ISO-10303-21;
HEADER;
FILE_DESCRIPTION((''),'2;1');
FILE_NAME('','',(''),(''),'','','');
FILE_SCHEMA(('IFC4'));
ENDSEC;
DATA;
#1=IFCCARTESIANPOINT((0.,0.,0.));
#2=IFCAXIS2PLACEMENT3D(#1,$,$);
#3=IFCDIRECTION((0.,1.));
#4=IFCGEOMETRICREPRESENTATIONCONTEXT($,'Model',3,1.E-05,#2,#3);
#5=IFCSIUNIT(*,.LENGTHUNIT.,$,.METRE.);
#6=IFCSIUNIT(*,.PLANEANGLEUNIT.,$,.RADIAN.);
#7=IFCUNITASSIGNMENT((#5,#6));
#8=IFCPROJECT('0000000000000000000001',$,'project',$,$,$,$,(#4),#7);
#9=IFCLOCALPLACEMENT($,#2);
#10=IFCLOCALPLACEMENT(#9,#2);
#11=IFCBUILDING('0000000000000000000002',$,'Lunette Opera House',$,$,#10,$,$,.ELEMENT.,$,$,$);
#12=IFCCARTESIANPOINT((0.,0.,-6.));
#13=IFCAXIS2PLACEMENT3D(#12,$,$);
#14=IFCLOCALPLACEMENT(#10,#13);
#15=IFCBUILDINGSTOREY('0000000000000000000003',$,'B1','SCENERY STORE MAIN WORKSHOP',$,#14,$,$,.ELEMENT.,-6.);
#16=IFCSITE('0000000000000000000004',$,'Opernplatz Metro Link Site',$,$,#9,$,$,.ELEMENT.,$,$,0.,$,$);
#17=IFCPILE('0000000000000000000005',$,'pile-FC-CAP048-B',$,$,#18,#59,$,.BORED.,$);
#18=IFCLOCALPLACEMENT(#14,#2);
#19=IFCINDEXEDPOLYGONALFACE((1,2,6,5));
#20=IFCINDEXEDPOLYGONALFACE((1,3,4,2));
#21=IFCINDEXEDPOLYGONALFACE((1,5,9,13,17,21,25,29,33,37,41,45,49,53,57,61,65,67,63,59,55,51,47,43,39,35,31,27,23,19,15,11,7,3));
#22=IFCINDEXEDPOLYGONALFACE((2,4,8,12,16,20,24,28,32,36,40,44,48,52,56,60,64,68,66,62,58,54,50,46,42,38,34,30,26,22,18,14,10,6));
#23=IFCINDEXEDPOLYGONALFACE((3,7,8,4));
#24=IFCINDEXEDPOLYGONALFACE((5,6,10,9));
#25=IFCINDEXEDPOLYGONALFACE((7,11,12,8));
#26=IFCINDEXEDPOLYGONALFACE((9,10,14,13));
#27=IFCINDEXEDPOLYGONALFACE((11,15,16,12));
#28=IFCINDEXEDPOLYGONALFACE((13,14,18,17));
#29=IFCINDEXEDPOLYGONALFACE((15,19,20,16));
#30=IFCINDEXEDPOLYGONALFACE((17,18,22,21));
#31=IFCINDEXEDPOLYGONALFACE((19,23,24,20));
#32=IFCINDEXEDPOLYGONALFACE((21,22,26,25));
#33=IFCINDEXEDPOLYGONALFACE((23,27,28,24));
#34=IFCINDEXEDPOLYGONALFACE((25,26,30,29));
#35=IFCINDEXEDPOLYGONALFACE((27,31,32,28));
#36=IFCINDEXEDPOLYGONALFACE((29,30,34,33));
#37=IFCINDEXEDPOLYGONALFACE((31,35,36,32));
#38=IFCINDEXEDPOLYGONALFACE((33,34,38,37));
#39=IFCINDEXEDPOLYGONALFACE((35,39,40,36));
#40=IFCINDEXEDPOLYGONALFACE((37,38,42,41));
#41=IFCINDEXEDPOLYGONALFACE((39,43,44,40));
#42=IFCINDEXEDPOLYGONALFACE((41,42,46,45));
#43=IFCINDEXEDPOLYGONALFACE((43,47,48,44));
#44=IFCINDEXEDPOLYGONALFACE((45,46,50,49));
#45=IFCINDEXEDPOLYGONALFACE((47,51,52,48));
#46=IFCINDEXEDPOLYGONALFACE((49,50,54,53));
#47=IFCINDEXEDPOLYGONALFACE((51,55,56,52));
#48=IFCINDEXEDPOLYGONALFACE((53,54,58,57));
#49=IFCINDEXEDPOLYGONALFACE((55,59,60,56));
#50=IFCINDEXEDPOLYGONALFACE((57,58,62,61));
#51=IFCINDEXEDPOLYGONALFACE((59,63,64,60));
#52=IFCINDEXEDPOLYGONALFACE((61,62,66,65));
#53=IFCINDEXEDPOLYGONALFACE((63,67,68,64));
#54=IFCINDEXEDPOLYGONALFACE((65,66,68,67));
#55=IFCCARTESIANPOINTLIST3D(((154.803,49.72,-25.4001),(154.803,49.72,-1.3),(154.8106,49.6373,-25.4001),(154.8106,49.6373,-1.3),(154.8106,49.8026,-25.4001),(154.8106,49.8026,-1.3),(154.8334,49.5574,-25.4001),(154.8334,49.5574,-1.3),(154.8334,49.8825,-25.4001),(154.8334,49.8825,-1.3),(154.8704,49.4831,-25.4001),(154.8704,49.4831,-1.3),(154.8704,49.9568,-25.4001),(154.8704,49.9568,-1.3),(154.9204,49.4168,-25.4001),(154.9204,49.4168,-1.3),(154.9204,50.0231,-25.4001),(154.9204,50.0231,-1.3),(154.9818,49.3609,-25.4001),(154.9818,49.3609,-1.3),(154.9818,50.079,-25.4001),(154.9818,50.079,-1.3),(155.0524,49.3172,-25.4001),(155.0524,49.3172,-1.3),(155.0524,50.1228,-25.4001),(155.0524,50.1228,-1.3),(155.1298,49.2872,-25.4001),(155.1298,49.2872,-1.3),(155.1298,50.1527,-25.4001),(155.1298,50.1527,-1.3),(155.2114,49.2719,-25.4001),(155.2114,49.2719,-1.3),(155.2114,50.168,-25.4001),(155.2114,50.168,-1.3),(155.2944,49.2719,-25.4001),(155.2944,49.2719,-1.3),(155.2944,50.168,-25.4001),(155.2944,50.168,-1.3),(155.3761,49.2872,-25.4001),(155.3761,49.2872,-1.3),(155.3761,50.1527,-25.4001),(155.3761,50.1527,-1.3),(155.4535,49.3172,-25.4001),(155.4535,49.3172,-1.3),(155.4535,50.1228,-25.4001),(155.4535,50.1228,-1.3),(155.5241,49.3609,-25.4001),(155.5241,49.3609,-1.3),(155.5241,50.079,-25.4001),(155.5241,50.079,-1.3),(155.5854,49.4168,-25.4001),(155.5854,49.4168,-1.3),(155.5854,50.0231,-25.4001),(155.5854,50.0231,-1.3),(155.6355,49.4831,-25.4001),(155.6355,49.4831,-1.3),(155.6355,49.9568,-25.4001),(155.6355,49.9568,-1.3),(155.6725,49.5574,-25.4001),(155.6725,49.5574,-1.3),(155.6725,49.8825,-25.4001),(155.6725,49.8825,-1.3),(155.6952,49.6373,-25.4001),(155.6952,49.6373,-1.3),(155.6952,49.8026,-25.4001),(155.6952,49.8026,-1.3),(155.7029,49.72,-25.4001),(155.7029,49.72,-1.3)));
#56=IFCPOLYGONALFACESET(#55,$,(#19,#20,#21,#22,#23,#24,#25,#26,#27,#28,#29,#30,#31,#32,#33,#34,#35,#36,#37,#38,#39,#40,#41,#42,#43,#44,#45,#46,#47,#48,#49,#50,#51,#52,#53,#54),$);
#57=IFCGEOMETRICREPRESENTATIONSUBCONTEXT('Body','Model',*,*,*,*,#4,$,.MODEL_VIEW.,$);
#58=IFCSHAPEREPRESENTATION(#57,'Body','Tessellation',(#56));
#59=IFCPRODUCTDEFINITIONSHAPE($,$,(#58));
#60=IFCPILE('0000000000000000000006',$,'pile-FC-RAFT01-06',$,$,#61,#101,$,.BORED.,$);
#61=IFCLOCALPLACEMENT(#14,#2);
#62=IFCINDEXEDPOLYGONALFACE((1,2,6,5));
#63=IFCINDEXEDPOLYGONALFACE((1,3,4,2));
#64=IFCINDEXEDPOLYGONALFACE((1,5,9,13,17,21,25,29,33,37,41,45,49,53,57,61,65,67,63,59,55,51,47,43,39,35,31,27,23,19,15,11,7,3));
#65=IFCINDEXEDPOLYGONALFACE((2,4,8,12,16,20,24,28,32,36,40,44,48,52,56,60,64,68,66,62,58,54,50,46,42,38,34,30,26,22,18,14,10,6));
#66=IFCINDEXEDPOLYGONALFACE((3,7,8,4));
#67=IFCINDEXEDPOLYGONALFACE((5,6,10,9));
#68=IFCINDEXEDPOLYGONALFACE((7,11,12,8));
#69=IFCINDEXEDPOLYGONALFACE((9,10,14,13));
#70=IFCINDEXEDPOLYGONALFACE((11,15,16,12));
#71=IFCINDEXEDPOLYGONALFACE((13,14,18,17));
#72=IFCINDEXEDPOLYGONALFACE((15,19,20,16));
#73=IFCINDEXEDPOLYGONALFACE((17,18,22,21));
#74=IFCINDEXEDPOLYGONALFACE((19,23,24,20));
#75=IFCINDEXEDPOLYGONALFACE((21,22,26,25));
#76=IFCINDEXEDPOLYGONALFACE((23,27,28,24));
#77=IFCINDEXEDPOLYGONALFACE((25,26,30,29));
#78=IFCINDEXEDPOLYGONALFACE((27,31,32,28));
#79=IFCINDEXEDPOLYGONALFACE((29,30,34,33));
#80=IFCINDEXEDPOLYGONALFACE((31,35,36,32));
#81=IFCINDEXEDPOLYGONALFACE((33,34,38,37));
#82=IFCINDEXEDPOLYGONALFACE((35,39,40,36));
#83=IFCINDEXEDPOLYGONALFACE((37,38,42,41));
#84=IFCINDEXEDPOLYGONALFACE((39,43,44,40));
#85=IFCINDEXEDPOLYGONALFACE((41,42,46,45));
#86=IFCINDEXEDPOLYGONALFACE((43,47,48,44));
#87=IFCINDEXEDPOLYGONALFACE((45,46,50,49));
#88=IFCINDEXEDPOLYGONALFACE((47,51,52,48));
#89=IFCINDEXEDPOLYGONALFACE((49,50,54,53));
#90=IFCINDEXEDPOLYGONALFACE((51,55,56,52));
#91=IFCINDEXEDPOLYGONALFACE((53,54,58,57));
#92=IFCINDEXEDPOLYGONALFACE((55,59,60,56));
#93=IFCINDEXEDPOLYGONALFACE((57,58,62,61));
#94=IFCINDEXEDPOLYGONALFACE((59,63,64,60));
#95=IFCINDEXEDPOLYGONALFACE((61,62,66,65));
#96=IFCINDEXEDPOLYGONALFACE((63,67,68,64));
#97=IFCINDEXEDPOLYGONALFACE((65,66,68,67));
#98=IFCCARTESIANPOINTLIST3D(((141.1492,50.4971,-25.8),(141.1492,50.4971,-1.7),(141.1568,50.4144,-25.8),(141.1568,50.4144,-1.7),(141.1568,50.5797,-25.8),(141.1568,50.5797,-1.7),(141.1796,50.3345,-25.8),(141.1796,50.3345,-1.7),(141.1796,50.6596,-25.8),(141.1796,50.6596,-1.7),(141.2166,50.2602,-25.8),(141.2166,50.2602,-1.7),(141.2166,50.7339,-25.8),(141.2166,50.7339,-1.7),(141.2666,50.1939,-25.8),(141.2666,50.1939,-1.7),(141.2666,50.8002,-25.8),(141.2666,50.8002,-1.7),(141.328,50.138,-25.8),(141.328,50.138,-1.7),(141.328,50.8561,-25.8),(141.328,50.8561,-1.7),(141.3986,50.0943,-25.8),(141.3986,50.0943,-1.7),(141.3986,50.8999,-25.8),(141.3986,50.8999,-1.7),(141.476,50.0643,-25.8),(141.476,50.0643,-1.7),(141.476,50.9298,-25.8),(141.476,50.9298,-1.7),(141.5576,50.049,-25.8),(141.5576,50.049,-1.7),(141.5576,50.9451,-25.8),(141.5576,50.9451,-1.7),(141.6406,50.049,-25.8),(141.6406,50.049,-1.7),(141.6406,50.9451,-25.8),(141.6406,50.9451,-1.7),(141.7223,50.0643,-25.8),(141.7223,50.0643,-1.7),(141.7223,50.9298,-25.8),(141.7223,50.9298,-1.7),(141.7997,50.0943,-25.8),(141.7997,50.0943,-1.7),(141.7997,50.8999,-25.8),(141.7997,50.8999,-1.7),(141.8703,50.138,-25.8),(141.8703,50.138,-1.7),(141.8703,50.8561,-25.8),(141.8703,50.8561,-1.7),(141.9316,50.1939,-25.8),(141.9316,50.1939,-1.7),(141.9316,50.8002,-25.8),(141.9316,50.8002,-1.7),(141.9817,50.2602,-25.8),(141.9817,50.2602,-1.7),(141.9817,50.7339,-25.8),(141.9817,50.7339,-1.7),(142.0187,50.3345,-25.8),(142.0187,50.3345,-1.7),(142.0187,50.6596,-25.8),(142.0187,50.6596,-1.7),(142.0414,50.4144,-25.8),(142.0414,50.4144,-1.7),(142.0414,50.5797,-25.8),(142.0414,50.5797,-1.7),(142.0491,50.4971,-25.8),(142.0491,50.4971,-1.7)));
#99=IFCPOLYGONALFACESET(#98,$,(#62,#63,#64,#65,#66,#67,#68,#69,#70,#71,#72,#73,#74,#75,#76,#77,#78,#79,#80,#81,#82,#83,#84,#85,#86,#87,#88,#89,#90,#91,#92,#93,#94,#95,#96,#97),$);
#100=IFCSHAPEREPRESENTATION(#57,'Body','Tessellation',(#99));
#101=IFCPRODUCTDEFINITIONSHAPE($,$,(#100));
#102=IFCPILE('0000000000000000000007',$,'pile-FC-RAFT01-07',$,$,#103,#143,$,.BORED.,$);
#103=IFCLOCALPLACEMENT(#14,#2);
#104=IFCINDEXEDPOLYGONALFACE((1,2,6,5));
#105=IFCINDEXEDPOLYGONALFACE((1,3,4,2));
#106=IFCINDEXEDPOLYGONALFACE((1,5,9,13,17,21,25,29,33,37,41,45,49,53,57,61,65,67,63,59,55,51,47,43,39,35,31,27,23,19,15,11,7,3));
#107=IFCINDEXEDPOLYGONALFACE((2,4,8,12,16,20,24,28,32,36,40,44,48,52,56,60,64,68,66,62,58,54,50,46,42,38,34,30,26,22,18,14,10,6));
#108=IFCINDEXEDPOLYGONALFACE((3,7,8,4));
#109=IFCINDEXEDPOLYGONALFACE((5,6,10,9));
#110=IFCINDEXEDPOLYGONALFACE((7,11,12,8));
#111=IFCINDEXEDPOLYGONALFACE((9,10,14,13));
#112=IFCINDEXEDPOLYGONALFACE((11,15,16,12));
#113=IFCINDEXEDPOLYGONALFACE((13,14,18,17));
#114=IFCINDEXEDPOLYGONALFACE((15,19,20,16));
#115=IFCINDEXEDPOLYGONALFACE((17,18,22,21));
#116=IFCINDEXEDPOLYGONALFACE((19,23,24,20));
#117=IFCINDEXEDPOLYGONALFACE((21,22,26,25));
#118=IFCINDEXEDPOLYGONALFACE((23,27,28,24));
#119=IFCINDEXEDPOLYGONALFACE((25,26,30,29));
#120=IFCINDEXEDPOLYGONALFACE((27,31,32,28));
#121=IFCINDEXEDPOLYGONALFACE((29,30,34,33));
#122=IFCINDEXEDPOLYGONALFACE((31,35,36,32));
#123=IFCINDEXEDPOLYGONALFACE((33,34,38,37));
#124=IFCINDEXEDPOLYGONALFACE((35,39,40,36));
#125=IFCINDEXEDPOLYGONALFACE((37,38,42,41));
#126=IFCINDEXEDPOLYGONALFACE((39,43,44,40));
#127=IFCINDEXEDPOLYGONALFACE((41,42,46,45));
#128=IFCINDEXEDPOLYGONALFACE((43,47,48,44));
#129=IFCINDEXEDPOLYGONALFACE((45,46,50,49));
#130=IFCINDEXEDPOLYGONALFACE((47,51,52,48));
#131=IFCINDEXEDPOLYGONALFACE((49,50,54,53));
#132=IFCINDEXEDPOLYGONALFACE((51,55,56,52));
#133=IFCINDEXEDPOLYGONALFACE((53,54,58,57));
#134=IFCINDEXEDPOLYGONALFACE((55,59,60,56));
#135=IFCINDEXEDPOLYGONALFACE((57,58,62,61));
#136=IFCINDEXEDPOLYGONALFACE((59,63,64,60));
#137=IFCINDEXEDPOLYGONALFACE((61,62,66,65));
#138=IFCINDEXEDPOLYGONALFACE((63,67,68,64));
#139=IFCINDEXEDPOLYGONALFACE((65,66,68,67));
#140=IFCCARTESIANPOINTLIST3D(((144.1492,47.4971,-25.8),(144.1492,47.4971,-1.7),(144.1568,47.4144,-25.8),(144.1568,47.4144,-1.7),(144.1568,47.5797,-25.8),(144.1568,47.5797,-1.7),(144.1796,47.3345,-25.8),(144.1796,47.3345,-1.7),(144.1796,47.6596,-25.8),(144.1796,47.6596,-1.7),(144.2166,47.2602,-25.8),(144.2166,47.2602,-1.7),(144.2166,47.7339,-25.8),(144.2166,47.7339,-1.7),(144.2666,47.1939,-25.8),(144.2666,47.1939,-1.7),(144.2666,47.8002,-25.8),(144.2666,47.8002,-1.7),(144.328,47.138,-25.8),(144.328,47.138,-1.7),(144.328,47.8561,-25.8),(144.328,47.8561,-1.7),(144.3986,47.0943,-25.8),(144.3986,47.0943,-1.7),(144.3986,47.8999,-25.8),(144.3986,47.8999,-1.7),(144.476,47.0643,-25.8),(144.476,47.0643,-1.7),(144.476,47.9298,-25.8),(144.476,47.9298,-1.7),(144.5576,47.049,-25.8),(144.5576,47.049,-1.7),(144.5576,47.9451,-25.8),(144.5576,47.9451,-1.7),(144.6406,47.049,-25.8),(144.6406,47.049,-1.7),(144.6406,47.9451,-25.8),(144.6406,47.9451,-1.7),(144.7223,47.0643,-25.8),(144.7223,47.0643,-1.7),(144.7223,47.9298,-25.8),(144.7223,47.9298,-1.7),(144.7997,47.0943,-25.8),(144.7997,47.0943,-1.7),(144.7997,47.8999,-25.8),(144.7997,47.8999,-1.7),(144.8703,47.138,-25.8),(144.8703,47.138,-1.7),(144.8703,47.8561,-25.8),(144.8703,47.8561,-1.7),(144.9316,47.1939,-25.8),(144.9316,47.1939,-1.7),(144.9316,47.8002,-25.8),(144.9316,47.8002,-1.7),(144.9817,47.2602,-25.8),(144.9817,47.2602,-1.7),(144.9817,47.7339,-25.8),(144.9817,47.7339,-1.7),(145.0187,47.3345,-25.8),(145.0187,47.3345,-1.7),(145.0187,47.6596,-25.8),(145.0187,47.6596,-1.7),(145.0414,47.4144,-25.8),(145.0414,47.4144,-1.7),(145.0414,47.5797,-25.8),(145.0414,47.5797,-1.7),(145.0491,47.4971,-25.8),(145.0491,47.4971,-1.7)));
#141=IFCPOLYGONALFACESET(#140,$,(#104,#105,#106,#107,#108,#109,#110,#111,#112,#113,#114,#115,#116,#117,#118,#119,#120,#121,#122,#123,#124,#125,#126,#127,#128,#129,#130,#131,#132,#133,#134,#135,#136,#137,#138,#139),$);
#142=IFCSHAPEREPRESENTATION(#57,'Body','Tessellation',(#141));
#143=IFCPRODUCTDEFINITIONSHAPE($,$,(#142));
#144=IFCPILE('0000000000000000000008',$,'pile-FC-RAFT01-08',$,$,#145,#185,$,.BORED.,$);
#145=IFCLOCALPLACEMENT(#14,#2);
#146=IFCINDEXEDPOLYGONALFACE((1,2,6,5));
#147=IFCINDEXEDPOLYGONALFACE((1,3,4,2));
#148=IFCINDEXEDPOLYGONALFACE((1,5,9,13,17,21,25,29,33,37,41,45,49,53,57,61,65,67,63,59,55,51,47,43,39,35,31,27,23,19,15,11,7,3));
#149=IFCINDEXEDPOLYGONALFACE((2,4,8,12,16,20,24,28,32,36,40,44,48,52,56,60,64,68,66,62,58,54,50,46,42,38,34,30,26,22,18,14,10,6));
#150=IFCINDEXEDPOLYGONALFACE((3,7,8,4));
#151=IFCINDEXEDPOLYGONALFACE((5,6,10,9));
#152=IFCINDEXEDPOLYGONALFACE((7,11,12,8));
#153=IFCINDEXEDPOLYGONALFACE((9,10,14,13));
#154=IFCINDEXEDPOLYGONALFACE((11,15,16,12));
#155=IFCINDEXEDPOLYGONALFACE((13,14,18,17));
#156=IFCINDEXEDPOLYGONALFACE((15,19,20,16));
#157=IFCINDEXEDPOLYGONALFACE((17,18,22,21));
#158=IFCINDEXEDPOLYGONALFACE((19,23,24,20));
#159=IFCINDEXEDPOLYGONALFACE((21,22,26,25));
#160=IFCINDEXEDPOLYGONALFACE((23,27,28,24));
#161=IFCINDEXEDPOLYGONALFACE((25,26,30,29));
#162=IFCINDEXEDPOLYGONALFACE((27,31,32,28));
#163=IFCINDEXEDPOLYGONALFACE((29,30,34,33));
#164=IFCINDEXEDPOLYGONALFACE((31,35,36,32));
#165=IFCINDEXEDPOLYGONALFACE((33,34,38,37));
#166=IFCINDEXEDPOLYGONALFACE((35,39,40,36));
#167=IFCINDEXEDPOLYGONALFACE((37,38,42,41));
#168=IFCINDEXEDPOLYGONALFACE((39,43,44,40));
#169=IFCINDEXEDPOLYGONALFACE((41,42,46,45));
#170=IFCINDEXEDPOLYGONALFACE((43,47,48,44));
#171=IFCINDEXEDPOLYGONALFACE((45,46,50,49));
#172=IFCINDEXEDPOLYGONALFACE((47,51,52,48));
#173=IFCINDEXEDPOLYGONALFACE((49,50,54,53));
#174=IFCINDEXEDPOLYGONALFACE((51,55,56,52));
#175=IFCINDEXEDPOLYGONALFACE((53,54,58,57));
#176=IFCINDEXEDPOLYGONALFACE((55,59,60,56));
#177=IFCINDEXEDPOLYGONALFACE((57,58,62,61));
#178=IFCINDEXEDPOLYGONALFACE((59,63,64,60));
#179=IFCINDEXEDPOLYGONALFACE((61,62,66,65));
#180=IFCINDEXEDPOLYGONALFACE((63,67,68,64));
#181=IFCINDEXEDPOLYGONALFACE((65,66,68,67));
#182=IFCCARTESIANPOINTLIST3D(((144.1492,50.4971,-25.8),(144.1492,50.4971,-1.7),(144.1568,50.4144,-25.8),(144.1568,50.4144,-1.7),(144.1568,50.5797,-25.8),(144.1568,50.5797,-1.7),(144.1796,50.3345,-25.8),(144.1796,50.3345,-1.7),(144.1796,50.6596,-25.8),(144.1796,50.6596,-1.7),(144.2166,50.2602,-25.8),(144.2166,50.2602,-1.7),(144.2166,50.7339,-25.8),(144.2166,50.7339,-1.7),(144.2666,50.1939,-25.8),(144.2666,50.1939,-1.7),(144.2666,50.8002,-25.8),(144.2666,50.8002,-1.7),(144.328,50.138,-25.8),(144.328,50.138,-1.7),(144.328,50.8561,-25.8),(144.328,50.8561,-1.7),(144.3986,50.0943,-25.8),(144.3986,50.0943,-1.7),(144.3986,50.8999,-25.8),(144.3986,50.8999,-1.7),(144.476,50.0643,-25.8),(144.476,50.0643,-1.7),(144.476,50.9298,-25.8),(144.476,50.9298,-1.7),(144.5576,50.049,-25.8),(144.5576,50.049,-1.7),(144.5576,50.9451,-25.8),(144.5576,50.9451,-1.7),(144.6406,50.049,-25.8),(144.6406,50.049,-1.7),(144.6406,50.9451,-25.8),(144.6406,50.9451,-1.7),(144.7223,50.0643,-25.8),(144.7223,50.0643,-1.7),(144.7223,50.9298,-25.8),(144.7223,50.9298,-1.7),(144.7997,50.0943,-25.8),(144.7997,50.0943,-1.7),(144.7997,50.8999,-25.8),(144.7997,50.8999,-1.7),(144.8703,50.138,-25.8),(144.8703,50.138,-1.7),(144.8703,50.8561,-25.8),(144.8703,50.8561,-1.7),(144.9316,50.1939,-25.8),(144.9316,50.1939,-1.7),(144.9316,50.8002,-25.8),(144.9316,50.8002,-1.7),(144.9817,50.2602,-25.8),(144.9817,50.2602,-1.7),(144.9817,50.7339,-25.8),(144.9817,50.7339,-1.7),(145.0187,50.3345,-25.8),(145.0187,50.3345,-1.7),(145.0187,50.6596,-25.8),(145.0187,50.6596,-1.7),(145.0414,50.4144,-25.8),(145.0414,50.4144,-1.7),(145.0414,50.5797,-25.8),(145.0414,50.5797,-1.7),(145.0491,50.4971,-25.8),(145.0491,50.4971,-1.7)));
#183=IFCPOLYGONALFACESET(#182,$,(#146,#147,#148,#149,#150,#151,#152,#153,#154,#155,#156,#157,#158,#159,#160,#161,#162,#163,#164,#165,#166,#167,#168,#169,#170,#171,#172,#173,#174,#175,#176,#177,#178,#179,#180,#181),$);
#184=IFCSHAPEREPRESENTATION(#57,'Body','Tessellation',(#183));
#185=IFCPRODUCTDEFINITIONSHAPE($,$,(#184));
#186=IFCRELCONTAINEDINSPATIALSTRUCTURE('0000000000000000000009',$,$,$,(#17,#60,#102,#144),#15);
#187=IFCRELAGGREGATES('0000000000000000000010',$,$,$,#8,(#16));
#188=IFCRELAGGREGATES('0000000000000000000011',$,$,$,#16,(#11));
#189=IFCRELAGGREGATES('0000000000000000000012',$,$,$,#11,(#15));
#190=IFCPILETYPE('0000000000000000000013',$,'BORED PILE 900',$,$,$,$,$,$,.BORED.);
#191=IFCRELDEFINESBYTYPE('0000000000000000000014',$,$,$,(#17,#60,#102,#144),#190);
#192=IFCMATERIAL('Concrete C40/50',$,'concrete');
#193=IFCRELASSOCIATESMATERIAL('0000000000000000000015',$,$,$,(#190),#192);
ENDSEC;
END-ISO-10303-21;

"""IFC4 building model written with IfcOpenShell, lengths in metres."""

from ifc_helpers import new_model, si_unit, direction, frame, origin, origin_2d, place, context, subcontext, project, spatial, circle, extrude, material, material_profile, profile_set, type_object, element, save


model = new_model("IFC4")

# Units and contexts
model_context = context("Model", 3, precision=1e-05, world=origin(), true_north=direction((0.0, 1.0)))
body_context = subcontext(model_context, "Body", "Model", "MODEL_VIEW")
ifc_project = project(units=[si_unit("LENGTHUNIT", "METRE"), si_unit("PLANEANGLEUNIT", "RADIAN")], contexts=[model_context])

# Site, building, storey
site_placement = place(None, origin())
site = spatial("IfcSite", under=ifc_project, at=site_placement, Name="Opernplatz Metro Link Site", CompositionType="ELEMENT", RefElevation=0.0)
building_placement = place(site_placement, origin())
building = spatial("IfcBuilding", under=site, at=building_placement, Name="Lunette Opera House", CompositionType="ELEMENT")
storey_placement = place(building_placement, frame((0.0, 0.0, -6.0)))
storey = spatial("IfcBuildingStorey", under=building, at=storey_placement, Name="B1", Description="SCENERY STORE MAIN WORKSHOP", CompositionType="ELEMENT", Elevation=-6.0)

# Piles
ifc_material_1 = material(Name="Concrete C40/50", Category="concrete")
ifc_material_profile_1 = material_profile(ifc_material_1, circle(Radius=0.45, at=origin_2d()), Name="BORED PILE 900")
ifc_profile_set_1 = profile_set([ifc_material_profile_1], Name="Concrete C40/50")
pile_type = type_object("IfcPileType", Name="BORED PILE 900", PredefinedType="BORED", material=ifc_profile_set_1)
for number, where, z_axis, x_axis, name in (
    (1, (155.2529, 49.72, -1.3), (0.0, 0.0, -1.0), (1.0, 0.0, 0.0), "pile-FC-CAP048-B"),
    (2, (141.5991, 50.4971, -1.7), (0.0, 0.0, -1.0), (1.0, 0.0, 0.0), "pile-FC-RAFT01-06"),
    (3, (144.5991, 47.4971, -1.7), (0.0, 0.0, -1.0), (1.0, 0.0, 0.0), "pile-FC-RAFT01-07"),
    (4, (144.5991, 50.4971, -1.7), (0.0, 0.0, -1.0), (1.0, 0.0, 0.0), "pile-FC-RAFT01-08"),
):
    element("IfcPile", number, at=place(storey_placement, frame(where, z_axis=z_axis, x_axis=x_axis)), inside=storey, type_object=pile_type, Name=name, PredefinedType="BORED", context=body_context, shape_type="SweptSolid", body=[
        extrude(circle(Radius=0.45, at=origin_2d()), origin(), (0.0, 0.0, 1.0), 24.1001),
    ])

save(model, "model.ifc")
